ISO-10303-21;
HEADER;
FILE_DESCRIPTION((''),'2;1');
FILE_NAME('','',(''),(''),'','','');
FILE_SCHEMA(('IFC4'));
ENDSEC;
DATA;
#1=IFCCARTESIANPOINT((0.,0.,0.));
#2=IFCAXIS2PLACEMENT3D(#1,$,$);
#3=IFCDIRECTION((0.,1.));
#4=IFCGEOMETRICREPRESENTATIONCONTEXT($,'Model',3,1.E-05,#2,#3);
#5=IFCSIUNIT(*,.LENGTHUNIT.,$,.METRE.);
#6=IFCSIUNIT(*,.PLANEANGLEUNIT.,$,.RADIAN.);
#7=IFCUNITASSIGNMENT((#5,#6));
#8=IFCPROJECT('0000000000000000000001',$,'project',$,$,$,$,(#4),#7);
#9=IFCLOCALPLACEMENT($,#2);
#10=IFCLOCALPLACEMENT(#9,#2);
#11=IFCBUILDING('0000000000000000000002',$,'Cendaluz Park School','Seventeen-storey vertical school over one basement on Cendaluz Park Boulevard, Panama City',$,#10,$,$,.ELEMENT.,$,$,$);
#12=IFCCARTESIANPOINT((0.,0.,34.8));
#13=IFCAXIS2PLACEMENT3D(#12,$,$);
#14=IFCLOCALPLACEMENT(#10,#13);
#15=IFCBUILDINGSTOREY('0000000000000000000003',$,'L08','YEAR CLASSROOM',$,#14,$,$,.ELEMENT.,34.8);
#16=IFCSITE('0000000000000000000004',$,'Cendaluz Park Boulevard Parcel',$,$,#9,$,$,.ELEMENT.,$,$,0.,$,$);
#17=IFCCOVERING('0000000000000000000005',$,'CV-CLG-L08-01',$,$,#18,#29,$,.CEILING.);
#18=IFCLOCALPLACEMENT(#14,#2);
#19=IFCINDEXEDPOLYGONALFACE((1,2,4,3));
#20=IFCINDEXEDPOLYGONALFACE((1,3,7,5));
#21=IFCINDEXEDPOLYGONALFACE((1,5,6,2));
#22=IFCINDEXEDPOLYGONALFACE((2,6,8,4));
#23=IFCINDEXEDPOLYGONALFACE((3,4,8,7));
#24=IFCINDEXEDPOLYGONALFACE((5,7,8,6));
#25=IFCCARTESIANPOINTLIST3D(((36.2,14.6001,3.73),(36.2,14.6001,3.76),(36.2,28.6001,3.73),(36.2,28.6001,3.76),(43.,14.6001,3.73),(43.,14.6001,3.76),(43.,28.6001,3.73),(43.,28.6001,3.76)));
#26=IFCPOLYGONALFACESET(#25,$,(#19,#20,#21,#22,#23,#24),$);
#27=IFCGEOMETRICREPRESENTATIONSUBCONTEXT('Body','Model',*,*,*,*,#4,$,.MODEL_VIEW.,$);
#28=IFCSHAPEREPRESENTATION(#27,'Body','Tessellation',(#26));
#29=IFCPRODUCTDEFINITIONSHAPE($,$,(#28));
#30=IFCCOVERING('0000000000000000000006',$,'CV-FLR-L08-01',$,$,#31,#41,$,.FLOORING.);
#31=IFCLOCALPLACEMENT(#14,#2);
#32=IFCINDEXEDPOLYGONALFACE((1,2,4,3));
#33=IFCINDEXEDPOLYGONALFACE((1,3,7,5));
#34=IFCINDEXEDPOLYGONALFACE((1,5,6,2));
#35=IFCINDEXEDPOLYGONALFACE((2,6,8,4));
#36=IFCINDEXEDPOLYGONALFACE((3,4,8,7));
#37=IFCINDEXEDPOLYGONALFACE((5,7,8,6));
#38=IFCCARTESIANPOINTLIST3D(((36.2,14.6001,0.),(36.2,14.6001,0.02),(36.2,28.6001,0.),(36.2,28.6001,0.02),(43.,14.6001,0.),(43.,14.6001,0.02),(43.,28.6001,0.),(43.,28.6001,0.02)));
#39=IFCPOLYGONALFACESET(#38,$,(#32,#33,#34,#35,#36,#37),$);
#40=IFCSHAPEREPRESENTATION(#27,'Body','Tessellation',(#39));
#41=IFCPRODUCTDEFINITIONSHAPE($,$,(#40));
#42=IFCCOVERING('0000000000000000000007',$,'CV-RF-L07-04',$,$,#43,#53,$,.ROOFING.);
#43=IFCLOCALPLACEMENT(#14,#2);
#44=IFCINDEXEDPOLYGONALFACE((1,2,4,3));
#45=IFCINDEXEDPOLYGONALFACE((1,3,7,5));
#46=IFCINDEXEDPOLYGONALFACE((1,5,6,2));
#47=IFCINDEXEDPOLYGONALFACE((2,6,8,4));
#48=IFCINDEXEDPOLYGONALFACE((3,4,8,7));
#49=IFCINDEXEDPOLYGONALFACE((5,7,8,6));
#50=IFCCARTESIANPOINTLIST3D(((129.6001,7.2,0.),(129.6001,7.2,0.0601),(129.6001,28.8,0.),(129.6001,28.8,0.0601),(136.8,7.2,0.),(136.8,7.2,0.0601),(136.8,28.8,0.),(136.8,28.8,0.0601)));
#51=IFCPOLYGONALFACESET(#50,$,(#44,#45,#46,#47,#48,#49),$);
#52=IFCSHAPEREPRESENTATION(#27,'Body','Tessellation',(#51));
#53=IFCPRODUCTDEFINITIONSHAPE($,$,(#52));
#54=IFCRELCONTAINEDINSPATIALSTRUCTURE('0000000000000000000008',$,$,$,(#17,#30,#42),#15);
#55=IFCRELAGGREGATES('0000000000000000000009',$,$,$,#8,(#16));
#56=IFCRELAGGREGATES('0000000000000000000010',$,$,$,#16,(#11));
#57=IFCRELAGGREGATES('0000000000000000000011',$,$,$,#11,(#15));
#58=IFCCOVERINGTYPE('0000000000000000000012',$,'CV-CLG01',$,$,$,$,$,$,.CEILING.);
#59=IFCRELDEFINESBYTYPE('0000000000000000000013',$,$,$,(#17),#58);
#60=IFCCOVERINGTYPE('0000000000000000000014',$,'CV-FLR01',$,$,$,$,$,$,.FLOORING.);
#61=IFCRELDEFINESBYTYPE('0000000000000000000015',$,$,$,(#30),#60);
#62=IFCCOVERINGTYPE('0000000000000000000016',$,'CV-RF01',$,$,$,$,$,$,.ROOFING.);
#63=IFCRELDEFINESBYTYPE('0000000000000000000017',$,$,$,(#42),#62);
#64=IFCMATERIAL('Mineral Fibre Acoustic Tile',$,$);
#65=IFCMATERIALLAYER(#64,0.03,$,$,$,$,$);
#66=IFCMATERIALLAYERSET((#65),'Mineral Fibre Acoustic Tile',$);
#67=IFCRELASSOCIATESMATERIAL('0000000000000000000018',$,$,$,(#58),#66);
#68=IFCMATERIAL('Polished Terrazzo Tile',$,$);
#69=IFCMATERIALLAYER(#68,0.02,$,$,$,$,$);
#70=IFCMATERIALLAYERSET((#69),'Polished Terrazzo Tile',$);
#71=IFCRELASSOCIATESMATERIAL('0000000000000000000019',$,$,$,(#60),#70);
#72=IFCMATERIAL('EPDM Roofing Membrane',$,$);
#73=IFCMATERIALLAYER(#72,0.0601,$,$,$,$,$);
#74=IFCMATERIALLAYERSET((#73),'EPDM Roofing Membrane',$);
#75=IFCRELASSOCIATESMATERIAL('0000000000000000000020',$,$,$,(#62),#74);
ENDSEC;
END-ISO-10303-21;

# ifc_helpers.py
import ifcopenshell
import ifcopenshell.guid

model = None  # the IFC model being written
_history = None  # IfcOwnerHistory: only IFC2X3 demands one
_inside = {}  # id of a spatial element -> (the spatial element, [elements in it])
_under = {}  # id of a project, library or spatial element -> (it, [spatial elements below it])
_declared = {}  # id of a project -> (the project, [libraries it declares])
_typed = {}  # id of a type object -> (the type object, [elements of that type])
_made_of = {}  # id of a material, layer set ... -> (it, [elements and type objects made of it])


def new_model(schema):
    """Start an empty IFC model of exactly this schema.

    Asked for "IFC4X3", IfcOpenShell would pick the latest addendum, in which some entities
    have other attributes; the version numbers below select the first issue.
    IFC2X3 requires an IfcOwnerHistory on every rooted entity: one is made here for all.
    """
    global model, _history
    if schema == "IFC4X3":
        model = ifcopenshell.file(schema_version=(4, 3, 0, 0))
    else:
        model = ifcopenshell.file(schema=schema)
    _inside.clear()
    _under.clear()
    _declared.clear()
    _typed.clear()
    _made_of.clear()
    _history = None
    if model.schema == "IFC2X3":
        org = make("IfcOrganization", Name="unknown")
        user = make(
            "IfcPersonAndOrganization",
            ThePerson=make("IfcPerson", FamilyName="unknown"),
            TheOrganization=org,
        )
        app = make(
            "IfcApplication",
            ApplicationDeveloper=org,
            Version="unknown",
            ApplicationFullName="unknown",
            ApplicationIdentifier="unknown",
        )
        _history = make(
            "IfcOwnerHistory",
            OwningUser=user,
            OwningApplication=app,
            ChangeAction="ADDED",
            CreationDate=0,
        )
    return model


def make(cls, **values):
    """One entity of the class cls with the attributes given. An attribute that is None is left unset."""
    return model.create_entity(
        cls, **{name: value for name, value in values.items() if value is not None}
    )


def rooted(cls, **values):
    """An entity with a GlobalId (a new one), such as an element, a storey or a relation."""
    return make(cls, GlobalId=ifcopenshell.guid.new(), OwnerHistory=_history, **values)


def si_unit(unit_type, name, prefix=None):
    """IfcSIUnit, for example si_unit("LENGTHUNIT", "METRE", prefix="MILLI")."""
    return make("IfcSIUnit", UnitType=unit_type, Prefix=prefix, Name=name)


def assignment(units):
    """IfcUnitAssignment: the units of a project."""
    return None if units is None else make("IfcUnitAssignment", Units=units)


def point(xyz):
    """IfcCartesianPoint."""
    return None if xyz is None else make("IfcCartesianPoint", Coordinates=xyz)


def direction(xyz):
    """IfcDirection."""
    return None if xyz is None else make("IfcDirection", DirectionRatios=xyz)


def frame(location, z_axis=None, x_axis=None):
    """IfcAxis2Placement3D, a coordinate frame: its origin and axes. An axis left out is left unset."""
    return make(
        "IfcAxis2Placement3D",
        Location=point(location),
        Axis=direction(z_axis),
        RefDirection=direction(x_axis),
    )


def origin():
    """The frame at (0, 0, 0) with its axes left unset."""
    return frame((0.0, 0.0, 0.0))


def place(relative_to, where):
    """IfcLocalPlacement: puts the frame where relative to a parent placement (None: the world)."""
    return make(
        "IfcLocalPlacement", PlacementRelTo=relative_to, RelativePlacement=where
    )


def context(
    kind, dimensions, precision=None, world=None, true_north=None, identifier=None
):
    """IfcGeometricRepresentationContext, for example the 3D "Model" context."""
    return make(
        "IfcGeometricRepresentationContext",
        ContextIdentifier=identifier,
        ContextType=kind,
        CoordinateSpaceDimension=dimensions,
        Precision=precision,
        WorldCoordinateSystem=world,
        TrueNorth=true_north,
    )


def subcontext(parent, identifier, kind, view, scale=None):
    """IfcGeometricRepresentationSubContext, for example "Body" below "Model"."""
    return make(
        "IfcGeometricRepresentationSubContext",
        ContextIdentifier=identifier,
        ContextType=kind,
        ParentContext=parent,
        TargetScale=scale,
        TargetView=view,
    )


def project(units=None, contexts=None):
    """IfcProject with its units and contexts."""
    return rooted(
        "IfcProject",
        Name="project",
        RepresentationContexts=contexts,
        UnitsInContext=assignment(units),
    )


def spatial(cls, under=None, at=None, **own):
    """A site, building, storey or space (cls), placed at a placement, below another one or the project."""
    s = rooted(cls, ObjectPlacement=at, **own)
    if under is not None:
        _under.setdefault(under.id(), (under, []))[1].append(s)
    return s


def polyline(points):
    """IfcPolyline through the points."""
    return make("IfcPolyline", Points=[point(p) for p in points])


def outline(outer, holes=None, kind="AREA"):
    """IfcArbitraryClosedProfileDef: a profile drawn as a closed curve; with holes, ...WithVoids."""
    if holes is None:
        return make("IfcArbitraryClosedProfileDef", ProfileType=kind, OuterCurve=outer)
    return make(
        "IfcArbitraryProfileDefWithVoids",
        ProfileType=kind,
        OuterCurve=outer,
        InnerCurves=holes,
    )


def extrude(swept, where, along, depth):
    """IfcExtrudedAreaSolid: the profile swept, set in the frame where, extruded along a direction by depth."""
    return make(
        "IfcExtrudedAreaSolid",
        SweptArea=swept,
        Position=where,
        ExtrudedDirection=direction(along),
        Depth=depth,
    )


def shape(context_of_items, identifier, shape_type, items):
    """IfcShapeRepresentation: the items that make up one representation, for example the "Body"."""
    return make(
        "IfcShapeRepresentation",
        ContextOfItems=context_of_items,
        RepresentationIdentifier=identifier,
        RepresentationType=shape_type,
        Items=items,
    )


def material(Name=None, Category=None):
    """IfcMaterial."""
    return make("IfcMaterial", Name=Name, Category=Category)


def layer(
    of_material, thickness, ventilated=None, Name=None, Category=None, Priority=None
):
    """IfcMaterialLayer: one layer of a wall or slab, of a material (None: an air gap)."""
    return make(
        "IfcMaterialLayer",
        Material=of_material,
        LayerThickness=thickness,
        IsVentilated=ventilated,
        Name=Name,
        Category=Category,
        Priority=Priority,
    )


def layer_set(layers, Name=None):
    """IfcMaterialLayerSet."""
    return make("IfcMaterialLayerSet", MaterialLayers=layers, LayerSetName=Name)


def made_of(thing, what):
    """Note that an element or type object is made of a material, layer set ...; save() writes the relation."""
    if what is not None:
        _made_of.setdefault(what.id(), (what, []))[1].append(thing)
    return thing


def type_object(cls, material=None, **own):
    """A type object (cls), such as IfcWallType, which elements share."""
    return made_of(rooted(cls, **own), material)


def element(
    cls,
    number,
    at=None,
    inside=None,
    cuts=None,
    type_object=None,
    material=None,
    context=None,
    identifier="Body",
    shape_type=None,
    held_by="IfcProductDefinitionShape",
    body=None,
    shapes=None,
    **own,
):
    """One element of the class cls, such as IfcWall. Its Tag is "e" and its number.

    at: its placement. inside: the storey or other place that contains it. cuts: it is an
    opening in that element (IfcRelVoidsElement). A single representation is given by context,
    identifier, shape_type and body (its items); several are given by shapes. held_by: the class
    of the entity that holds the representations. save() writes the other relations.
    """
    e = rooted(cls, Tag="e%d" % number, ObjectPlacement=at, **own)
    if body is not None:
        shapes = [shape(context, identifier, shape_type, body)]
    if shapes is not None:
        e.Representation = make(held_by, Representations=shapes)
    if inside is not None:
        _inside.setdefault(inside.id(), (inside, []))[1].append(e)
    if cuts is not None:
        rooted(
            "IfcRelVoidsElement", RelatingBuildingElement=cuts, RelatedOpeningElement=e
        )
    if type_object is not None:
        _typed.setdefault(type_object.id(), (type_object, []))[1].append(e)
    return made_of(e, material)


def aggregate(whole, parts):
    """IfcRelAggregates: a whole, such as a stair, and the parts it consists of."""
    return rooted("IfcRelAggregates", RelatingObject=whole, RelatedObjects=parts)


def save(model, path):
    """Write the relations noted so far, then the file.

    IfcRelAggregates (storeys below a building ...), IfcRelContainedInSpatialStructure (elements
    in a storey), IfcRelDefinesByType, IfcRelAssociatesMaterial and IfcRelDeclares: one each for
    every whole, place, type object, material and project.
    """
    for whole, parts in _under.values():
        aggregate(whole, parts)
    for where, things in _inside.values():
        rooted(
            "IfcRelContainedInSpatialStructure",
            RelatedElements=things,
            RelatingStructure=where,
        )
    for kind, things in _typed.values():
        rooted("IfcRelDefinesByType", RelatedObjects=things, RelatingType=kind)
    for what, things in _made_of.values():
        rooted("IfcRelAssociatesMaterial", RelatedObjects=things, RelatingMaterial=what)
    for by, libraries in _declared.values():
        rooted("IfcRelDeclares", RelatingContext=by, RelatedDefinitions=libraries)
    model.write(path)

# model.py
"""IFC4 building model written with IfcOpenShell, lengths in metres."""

from ifc_helpers import new_model, si_unit, direction, frame, origin, place, context, subcontext, project, spatial, polyline, outline, extrude, material, layer, layer_set, type_object, element, save


model = new_model("IFC4")

# Units and contexts
model_context = context("Model", 3, precision=1e-05, world=origin(), true_north=direction((0.0, 1.0)))
body_context = subcontext(model_context, "Body", "Model", "MODEL_VIEW")
ifc_project = project(units=[si_unit("LENGTHUNIT", "METRE"), si_unit("PLANEANGLEUNIT", "RADIAN")], contexts=[model_context])

# Site, building, storey
site_placement = place(None, origin())
site = spatial("IfcSite", under=ifc_project, at=site_placement, Name="Cendaluz Park Boulevard Parcel", CompositionType="ELEMENT", RefElevation=0.0)
building_placement = place(site_placement, origin())
building = spatial("IfcBuilding", under=site, at=building_placement, Name="Cendaluz Park School", Description="Seventeen-storey vertical school over one basement on Cendaluz Park Boulevard, Panama City", CompositionType="ELEMENT")
storey_placement = place(building_placement, frame((0.0, 0.0, 34.8)))
storey = spatial("IfcBuildingStorey", under=building, at=storey_placement, Name="L08", Description="YEAR CLASSROOM", CompositionType="ELEMENT", Elevation=34.8)

# Coverings
ifc_material_1 = material(Name="Mineral Fibre Acoustic Tile")
ifc_layer_1 = layer(ifc_material_1, 0.03)
ifc_layer_set_1 = layer_set([ifc_layer_1], Name="Mineral Fibre Acoustic Tile")
covering_type_1 = type_object("IfcCoveringType", Name="CV-CLG01", PredefinedType="CEILING", material=ifc_layer_set_1)
covering_1_placement = place(storey_placement, frame((0.0, 0.0, 3.73)))
element("IfcCovering", 1, at=covering_1_placement, inside=storey, type_object=covering_type_1, Name="CV-CLG-L08-01", PredefinedType="CEILING", context=body_context, shape_type="SweptSolid", body=[
    extrude(outline(polyline([(36.2, 14.6001), (43.0, 14.6001), (43.0, 28.6001), (36.2, 28.6001), (36.2, 14.6001)])), origin(), (0.0, 0.0, 1.0), 0.03),
])
ifc_material_2 = material(Name="Polished Terrazzo Tile")
ifc_layer_2 = layer(ifc_material_2, 0.02)
ifc_layer_set_2 = layer_set([ifc_layer_2], Name="Polished Terrazzo Tile")
covering_type_2 = type_object("IfcCoveringType", Name="CV-FLR01", PredefinedType="FLOORING", material=ifc_layer_set_2)
covering_2_placement = place(storey_placement, origin())
element("IfcCovering", 2, at=covering_2_placement, inside=storey, type_object=covering_type_2, Name="CV-FLR-L08-01", PredefinedType="FLOORING", context=body_context, shape_type="SweptSolid", body=[
    extrude(outline(polyline([(36.2, 14.6001), (43.0, 14.6001), (43.0, 28.6001), (36.2, 28.6001), (36.2, 14.6001)])), origin(), (0.0, 0.0, 1.0), 0.02),
])
ifc_material_3 = material(Name="EPDM Roofing Membrane")
ifc_layer_3 = layer(ifc_material_3, 0.0601)
ifc_layer_set_3 = layer_set([ifc_layer_3], Name="EPDM Roofing Membrane")
covering_type_3 = type_object("IfcCoveringType", Name="CV-RF01", PredefinedType="ROOFING", material=ifc_layer_set_3)
covering_3_placement = place(storey_placement, origin())
element("IfcCovering", 3, at=covering_3_placement, inside=storey, type_object=covering_type_3, Name="CV-RF-L07-04", PredefinedType="ROOFING", context=body_context, shape_type="SweptSolid", body=[
    extrude(outline(polyline([(136.8, 7.2), (129.6001, 7.2), (129.6001, 28.8), (136.8, 28.8), (136.8, 7.2)])), origin(), (0.0, 0.0, 1.0), 0.0601),
])

save(model, "model.ifc")
